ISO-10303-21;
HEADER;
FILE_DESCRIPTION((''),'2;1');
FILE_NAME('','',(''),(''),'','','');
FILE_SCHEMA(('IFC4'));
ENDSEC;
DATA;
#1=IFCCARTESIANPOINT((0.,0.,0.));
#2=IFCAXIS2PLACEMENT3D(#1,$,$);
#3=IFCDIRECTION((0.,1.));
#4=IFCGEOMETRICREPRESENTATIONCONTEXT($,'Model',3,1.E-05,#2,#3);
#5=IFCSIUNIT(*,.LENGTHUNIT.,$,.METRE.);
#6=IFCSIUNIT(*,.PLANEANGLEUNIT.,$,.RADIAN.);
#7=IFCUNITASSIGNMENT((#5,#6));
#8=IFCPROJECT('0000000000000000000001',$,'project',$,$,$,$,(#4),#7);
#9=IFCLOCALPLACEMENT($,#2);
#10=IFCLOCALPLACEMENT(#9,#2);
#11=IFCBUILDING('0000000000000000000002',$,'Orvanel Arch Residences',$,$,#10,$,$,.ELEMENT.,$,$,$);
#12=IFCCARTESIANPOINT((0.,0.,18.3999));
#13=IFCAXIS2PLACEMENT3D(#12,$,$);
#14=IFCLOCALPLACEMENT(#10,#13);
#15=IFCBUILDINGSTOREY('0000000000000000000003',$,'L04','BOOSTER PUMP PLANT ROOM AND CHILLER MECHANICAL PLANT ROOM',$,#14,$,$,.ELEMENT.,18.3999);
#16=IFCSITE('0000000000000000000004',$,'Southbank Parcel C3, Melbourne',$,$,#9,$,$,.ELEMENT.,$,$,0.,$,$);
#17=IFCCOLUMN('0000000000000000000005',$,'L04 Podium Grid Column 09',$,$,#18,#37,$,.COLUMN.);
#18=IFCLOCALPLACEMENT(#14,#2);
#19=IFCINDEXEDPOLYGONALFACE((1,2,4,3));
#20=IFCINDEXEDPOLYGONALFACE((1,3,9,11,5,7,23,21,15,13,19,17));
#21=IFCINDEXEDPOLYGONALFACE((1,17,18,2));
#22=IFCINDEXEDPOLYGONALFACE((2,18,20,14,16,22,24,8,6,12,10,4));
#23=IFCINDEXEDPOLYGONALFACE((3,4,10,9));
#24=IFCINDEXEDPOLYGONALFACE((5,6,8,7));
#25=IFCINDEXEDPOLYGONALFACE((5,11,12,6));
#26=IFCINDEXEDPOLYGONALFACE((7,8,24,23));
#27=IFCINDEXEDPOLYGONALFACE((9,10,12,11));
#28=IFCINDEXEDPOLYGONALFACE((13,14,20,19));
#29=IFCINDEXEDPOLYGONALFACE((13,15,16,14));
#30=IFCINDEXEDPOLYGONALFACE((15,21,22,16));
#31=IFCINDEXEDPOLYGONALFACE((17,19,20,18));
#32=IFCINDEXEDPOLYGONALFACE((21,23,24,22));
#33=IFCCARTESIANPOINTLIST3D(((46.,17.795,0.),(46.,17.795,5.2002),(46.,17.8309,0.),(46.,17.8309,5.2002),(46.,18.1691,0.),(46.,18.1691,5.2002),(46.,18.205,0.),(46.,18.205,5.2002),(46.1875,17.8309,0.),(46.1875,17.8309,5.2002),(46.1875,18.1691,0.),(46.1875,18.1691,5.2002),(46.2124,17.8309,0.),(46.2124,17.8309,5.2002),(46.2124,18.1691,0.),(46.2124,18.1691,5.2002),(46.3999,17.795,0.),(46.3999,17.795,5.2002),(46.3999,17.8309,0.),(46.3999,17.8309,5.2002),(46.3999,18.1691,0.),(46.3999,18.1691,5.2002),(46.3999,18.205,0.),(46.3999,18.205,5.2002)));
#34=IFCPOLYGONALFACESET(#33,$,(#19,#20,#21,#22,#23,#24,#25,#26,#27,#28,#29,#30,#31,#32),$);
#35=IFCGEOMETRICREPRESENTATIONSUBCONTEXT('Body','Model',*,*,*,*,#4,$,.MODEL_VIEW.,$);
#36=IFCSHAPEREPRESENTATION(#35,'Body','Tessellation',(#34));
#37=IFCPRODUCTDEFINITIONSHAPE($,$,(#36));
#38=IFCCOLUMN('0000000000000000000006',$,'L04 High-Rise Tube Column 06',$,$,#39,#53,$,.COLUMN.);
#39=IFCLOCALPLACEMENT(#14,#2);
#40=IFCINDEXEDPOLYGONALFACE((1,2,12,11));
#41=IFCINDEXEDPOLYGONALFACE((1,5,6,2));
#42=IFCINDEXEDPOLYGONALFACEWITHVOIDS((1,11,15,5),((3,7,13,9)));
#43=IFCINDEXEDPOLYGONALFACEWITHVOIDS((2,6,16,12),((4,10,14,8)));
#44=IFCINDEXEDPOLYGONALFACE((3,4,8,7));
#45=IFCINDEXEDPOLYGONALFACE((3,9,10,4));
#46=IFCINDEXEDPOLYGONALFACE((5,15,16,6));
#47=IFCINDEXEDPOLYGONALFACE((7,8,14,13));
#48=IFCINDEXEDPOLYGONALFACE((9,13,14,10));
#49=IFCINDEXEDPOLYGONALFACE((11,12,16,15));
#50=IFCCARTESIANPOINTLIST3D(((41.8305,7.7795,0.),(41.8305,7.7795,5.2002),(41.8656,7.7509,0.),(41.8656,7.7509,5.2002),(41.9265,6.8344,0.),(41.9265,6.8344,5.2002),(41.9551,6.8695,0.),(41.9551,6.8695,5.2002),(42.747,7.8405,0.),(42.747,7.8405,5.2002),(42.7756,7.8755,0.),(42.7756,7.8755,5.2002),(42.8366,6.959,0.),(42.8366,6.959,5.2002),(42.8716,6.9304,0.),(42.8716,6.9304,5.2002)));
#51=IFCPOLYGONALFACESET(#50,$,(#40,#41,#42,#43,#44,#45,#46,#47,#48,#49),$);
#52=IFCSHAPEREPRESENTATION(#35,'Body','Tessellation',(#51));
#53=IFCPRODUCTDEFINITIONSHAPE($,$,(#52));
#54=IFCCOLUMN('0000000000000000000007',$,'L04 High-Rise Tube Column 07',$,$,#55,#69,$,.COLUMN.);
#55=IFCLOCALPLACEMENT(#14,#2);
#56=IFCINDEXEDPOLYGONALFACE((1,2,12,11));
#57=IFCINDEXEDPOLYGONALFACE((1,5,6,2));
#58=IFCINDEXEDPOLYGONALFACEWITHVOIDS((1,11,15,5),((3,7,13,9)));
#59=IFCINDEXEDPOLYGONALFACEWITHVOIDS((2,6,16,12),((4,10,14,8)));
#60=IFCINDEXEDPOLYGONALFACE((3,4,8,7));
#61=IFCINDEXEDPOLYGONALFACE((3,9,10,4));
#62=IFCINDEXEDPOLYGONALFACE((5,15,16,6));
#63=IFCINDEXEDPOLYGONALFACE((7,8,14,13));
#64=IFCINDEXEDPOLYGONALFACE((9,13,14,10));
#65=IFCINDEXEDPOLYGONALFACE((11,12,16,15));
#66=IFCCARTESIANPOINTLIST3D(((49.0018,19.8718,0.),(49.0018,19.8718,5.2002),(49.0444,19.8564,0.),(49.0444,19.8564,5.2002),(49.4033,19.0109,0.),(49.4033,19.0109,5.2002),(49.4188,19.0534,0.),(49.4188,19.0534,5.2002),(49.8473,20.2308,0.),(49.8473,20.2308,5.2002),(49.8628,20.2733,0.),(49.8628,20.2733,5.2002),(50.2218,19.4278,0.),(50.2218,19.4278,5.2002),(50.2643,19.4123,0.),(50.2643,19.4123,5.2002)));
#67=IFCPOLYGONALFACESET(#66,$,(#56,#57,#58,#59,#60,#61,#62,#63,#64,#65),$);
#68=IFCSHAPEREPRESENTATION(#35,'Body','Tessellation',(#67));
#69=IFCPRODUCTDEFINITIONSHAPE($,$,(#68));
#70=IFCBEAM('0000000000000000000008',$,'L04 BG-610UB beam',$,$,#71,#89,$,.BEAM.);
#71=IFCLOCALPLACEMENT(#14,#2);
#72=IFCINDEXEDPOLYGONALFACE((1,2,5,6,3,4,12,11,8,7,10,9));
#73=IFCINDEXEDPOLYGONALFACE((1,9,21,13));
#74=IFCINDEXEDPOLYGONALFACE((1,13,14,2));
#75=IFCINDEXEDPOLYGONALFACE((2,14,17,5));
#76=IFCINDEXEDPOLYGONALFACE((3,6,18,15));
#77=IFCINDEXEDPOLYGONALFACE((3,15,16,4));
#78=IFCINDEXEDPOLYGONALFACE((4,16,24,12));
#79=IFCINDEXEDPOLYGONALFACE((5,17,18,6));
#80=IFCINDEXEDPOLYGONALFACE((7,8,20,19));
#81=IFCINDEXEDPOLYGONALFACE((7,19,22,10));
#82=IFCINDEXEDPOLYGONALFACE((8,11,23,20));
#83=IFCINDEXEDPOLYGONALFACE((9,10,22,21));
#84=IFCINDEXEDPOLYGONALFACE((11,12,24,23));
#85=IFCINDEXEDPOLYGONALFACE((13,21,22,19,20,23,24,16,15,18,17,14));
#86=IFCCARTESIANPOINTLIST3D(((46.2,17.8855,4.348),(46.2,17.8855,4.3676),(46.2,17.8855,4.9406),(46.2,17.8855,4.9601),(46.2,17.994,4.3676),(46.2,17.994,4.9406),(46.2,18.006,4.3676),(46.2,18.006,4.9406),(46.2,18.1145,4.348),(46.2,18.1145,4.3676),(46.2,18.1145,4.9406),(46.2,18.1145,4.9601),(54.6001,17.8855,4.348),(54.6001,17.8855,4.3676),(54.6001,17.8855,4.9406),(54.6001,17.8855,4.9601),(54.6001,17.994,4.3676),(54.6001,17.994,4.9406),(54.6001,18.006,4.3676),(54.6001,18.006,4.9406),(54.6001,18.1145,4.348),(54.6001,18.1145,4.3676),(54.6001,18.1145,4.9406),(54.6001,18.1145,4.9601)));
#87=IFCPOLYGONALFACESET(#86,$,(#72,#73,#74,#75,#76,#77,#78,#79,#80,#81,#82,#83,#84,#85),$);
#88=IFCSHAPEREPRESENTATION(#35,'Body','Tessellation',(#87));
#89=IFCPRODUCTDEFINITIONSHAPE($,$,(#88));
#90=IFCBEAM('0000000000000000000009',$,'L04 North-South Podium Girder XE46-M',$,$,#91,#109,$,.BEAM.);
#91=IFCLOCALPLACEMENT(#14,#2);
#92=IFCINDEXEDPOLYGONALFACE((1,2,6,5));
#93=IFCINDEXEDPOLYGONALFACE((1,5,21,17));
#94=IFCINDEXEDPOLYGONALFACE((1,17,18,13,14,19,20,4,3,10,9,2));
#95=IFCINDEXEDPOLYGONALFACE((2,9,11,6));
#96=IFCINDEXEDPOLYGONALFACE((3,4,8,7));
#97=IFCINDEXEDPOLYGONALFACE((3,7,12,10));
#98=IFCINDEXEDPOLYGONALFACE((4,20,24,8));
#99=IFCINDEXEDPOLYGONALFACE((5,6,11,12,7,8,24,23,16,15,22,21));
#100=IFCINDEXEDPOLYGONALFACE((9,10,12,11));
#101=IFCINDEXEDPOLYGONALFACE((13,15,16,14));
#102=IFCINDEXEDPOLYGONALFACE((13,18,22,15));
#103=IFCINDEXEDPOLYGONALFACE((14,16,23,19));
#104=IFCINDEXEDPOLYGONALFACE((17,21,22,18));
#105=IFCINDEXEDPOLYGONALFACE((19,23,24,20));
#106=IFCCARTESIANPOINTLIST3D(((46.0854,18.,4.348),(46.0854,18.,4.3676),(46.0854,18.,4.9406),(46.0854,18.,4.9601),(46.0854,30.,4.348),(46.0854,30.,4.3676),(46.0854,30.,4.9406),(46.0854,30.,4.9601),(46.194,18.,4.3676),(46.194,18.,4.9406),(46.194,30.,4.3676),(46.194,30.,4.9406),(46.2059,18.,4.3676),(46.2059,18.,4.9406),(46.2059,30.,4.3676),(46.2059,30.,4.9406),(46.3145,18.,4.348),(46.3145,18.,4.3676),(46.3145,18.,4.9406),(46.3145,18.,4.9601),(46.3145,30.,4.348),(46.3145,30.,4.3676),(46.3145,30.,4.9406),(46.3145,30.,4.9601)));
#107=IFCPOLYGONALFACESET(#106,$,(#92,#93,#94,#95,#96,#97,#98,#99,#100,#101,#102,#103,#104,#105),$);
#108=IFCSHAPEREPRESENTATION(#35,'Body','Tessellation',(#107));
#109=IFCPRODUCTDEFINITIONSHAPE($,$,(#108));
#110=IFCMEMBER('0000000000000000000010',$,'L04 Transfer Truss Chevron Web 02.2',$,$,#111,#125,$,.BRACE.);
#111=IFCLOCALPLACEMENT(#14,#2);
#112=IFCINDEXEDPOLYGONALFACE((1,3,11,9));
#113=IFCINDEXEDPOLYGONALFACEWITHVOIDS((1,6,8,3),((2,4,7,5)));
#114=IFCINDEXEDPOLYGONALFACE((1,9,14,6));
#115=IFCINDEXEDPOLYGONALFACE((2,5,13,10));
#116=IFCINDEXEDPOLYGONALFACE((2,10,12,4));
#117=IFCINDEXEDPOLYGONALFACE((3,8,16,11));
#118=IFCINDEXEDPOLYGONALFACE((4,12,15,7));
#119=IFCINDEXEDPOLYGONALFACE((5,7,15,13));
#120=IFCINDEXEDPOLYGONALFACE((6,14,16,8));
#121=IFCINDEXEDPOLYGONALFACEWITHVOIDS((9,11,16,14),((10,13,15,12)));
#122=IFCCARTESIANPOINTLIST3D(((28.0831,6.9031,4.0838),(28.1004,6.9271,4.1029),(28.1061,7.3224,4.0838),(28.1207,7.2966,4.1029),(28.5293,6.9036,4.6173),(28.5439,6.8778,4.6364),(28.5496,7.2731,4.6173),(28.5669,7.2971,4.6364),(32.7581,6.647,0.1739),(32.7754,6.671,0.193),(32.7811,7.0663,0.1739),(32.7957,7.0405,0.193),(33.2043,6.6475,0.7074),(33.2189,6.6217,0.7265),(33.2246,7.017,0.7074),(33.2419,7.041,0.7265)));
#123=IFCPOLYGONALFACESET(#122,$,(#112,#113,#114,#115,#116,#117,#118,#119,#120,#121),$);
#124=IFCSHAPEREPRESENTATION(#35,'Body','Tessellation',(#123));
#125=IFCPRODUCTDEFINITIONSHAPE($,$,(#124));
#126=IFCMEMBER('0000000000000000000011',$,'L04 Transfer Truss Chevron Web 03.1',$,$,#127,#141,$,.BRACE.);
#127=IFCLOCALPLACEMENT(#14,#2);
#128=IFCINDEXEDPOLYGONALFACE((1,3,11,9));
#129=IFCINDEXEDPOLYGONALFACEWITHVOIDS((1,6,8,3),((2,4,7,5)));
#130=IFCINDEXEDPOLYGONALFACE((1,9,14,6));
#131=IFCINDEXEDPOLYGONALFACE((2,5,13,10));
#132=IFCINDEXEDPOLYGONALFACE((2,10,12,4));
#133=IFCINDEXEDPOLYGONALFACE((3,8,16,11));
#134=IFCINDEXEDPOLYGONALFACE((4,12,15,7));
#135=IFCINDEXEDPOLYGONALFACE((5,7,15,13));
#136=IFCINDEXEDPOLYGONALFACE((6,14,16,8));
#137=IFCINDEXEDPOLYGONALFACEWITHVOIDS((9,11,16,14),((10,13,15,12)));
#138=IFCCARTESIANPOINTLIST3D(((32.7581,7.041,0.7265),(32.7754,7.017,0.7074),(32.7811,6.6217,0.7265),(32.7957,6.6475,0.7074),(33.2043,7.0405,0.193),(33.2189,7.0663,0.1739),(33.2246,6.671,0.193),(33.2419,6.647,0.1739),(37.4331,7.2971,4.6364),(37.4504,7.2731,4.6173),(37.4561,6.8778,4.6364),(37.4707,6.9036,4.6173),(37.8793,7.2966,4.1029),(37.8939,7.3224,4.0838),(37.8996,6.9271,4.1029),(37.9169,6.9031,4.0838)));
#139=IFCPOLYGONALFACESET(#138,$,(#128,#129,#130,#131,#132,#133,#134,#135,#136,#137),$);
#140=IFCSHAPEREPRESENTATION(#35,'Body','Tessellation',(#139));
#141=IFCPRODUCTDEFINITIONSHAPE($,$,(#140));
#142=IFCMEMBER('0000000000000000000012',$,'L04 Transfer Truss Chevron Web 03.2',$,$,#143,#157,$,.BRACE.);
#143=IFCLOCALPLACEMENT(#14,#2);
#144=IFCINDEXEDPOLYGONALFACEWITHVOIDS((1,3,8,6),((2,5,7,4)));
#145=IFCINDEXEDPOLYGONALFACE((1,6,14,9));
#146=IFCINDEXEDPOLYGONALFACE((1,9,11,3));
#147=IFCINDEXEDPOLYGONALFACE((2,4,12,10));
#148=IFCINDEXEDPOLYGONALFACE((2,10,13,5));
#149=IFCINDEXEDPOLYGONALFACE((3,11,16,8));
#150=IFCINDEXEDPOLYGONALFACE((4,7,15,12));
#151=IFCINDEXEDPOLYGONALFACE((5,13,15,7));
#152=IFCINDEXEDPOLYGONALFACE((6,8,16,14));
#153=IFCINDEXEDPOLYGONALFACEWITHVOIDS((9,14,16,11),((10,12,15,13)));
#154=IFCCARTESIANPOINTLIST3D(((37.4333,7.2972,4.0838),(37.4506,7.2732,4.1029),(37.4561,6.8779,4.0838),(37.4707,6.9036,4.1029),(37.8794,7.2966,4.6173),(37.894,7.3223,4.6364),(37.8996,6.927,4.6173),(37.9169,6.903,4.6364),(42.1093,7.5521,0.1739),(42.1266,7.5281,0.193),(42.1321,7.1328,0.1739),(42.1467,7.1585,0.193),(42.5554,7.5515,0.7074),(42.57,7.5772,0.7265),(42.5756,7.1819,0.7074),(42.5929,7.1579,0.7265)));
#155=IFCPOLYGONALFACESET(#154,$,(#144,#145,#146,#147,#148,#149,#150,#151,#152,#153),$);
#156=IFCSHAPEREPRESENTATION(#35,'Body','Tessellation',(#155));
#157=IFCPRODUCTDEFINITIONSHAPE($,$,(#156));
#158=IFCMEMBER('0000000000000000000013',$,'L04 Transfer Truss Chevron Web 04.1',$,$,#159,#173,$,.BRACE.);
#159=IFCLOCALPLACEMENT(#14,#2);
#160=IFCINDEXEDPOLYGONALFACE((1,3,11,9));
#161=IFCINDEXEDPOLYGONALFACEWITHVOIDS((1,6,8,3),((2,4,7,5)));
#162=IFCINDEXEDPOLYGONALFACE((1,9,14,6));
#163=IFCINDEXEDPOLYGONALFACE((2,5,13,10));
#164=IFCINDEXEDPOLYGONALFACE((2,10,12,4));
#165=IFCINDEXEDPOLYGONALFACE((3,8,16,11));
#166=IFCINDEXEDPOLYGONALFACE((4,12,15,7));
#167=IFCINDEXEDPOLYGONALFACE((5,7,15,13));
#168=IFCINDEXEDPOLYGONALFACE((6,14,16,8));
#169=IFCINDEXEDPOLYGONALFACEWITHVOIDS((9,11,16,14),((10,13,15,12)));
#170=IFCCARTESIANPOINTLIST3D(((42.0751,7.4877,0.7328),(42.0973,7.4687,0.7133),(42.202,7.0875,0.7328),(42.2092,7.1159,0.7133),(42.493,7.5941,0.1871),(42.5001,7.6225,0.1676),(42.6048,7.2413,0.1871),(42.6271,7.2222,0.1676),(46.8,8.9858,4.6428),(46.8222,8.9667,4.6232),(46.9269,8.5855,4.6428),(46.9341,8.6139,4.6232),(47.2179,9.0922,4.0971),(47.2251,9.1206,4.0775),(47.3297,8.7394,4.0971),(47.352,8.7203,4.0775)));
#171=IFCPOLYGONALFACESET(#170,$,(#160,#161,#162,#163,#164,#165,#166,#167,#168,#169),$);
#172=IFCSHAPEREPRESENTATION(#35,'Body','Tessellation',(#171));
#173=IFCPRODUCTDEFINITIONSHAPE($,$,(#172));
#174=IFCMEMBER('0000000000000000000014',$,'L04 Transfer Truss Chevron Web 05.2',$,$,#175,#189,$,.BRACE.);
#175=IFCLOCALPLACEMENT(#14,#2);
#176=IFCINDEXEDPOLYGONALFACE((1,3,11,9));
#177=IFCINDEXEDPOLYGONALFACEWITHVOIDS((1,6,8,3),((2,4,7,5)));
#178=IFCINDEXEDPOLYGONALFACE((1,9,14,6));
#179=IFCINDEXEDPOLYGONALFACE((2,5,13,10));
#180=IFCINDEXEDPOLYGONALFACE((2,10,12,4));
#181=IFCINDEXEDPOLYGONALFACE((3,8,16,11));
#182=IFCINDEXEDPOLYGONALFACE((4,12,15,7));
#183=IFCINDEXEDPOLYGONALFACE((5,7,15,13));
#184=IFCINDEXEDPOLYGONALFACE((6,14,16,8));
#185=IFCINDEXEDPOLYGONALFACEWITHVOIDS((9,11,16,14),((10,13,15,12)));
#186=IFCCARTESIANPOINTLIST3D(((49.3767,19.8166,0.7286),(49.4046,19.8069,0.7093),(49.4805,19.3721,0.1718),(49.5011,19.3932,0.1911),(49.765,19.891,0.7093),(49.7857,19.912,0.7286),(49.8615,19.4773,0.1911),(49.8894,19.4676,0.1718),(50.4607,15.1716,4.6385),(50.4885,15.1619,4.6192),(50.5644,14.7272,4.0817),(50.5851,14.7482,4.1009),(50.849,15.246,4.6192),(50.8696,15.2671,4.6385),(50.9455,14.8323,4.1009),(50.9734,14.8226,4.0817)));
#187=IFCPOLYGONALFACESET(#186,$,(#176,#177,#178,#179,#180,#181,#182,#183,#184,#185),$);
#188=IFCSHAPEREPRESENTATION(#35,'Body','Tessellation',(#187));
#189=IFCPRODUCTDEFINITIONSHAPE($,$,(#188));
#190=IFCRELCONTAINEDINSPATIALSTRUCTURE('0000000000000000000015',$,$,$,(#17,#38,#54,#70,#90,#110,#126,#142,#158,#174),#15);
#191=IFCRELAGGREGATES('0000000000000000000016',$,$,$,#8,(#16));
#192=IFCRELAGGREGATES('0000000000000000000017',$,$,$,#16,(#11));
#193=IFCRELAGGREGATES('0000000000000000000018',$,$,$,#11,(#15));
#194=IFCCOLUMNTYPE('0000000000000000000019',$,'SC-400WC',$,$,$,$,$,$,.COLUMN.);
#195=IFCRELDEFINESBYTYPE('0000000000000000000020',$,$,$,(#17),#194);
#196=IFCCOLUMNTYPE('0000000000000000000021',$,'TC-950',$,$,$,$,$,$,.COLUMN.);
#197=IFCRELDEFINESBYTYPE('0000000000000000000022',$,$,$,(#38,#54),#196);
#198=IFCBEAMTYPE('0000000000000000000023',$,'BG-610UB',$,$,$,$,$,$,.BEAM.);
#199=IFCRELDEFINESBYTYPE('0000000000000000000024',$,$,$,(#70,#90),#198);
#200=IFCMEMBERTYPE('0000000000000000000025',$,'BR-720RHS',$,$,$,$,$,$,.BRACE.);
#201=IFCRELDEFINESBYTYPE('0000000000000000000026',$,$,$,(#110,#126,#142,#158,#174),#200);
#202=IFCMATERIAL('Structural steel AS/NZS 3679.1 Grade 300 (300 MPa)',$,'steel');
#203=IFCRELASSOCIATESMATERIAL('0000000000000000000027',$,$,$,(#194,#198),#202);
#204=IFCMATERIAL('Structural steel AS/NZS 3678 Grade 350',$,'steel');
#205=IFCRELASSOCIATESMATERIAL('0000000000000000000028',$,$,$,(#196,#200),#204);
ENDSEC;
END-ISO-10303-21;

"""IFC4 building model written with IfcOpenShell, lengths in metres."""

from ifc_helpers import new_model, si_unit, direction, frame, origin, origin_2d, place, context, subcontext, project, spatial, hollow_rectangle, i_section, extrude, material, material_profile, profile_set, type_object, element, save


model = new_model("IFC4")

# Units and contexts
model_context = context("Model", 3, precision=1e-05, world=origin(), true_north=direction((0.0, 1.0)))
body_context = subcontext(model_context, "Body", "Model", "MODEL_VIEW")
ifc_project = project(units=[si_unit("LENGTHUNIT", "METRE"), si_unit("PLANEANGLEUNIT", "RADIAN")], contexts=[model_context])

# Site, building, storey
site_placement = place(None, origin())
site = spatial("IfcSite", under=ifc_project, at=site_placement, Name="Southbank Parcel C3, Melbourne", CompositionType="ELEMENT", RefElevation=0.0)
building_placement = place(site_placement, origin())
building = spatial("IfcBuilding", under=site, at=building_placement, Name="Orvanel Arch Residences", CompositionType="ELEMENT")
storey_placement = place(building_placement, frame((0.0, 0.0, 18.3999)))
storey = spatial("IfcBuildingStorey", under=building, at=storey_placement, Name="L04", Description="BOOSTER PUMP PLANT ROOM AND CHILLER MECHANICAL PLANT ROOM", CompositionType="ELEMENT", Elevation=18.3999)

# Columns
ifc_material_1 = material(Name="Structural steel AS/NZS 3679.1 Grade 300 (300 MPa)", Category="steel")
ifc_material_profile_1 = material_profile(ifc_material_1, i_section(OverallWidth=0.3999, OverallDepth=0.4099, WebThickness=0.0249, FlangeThickness=0.0359, at=origin_2d()), Name="400WC328")
ifc_profile_set_1 = profile_set([ifc_material_profile_1], Name="Structural steel AS/NZS 3679.1 Grade 300 (300 MPa)")
column_type_1 = type_object("IfcColumnType", Name="SC-400WC", PredefinedType="COLUMN", material=ifc_profile_set_1)
column_placement = place(storey_placement, frame((46.2, 18.0, 0.0), z_axis=(0.0, 0.0, 1.0), x_axis=(1.0, 0.0, 0.0)))
element("IfcColumn", 1, at=column_placement, inside=storey, type_object=column_type_1, Name="L04 Podium Grid Column 09", PredefinedType="COLUMN", context=body_context, shape_type="SweptSolid", body=[
    extrude(i_section(OverallWidth=0.3999, OverallDepth=0.4099, WebThickness=0.0249, FlangeThickness=0.0359, at=origin_2d()), origin(), (0.0, 0.0, 1.0), 5.2002),
])
ifc_material_2 = material(Name="Structural steel AS/NZS 3678 Grade 350", Category="steel")
ifc_material_profile_2 = material_profile(ifc_material_2, hollow_rectangle(XDim=0.95, YDim=0.95, WallThickness=0.032, at=origin_2d()), Name="BOX950x950x32")
ifc_profile_set_2 = profile_set([ifc_material_profile_2], Name="Structural steel AS/NZS 3678 Grade 350")
column_type_2 = type_object("IfcColumnType", Name="TC-950", PredefinedType="COLUMN", material=ifc_profile_set_2)
for number, where, z_axis, x_axis, name in (
    (2, (42.3511, 7.355, 0.0), (0.0, 0.0, 1.0), (0.994881, 0.101056, 0.0), "L04 High-Rise Tube Column 06"),
    (3, (49.6331, 19.6421, 0.0), (0.0, 0.0, 1.0), (-0.422618, 0.906308, 0.0), "L04 High-Rise Tube Column 07"),
):
    element("IfcColumn", number, at=place(storey_placement, frame(where, z_axis=z_axis, x_axis=x_axis)), inside=storey, type_object=column_type_2, Name=name, PredefinedType="COLUMN", context=body_context, shape_type="SweptSolid", body=[
        extrude(hollow_rectangle(XDim=0.95, YDim=0.95, WallThickness=0.032, at=origin_2d()), origin(), (0.0, 0.0, 1.0), 5.2002),
    ])

# Beams
ifc_material_profile_3 = material_profile(ifc_material_1, i_section(OverallWidth=0.229, OverallDepth=0.6121, WebThickness=0.012, FlangeThickness=0.0195, at=origin_2d()), Name="610UB125")
ifc_profile_set_3 = profile_set([ifc_material_profile_3], Name="Structural steel AS/NZS 3679.1 Grade 300 (300 MPa)")
beam_type_1 = type_object("IfcBeamType", Name="BG-610UB", PredefinedType="BEAM", material=ifc_profile_set_3)
beam_1_placement = place(storey_placement, frame((46.2, 18.0, 4.6541), z_axis=(1.0, 0.0, 0.0), x_axis=(0.0, 1.0, 0.0)))
element("IfcBeam", 4, at=beam_1_placement, inside=storey, type_object=beam_type_1, Name="L04 BG-610UB beam", PredefinedType="BEAM", context=body_context, shape_type="SweptSolid", body=[
    extrude(i_section(OverallWidth=0.229, OverallDepth=0.6121, WebThickness=0.012, FlangeThickness=0.0195, at=origin_2d()), origin(), (0.0, 0.0, 1.0), 8.4001),
])
beam_2_placement = place(storey_placement, frame((46.2, 18.0, 4.6541), z_axis=(0.0, 1.0, 0.0), x_axis=(-1.0, 0.0, 0.0)))
element("IfcBeam", 5, at=beam_2_placement, inside=storey, type_object=beam_type_1, Name="L04 North-South Podium Girder XE46-M", PredefinedType="BEAM", context=body_context, shape_type="SweptSolid", body=[
    extrude(i_section(OverallWidth=0.229, OverallDepth=0.6121, WebThickness=0.012, FlangeThickness=0.0195, at=origin_2d()), origin(), (0.0, 0.0, 1.0), 12.0),
])

# Members
ifc_material_profile_4 = material_profile(ifc_material_2, hollow_rectangle(XDim=0.4199, YDim=0.72, WallThickness=0.0249, at=origin_2d()), Name="RHS720x420x25")
ifc_profile_set_4 = profile_set([ifc_material_profile_4], Name="Structural steel AS/NZS 3678 Grade 350")
member_type_1 = type_object("IfcMemberType", Name="BR-720RHS", PredefinedType="BRACE", material=ifc_profile_set_4)
for number, where, z_axis, x_axis, name in (
    (6, (33.0, 6.844, 0.4502), (-0.766411, 0.041985, 0.640977), (-0.054699, -0.998503, 0.0), "L04 Transfer Truss Chevron Web 02.2"),
    (7, (33.0, 6.844, 0.4502), (0.766411, 0.041985, 0.640977), (-0.054699, 0.998503, 0.0), "L04 Transfer Truss Chevron Web 03.1"),
):
    element("IfcMember", number, at=place(storey_placement, frame(where, z_axis=z_axis, x_axis=x_axis)), inside=storey, type_object=member_type_1, Name=name, PredefinedType="BRACE", context=body_context, shape_type="SweptSolid", body=[
        extrude(hollow_rectangle(XDim=0.4199, YDim=0.72, WallThickness=0.0249, at=origin_2d()), origin(), (0.0, 0.0, 1.0), 6.0999),
    ])
member_1_placement = place(storey_placement, frame((42.3511, 7.355, 0.4502), z_axis=(-0.766483, -0.04178, 0.640904), x_axis=(0.054428, -0.998518, 0.0)))
element("IfcMember", 8, at=member_1_placement, inside=storey, type_object=member_type_1, Name="L04 Transfer Truss Chevron Web 03.2", PredefinedType="BRACE", context=body_context, shape_type="SweptSolid", body=[
    extrude(hollow_rectangle(XDim=0.4199, YDim=0.72, WallThickness=0.0249, at=origin_2d()), origin(), (0.0, 0.0, 1.0), 6.1006),
])
member_2_placement = place(storey_placement, frame((42.3511, 7.355, 0.4502), z_axis=(0.748415, 0.23729, 0.619329), x_axis=(-0.30223, 0.953235, 0.0)))
element("IfcMember", 9, at=member_2_placement, inside=storey, type_object=member_type_1, Name="L04 Transfer Truss Chevron Web 04.1", PredefinedType="BRACE", context=body_context, shape_type="SweptSolid", body=[
    extrude(hollow_rectangle(XDim=0.4199, YDim=0.72, WallThickness=0.0249, at=origin_2d()), origin(), (0.0, 0.0, 1.0), 6.3132),
])
member_3_placement = place(storey_placement, frame((49.6331, 19.6421, 0.4502), z_axis=(0.175756, -0.753139, 0.633949), x_axis=(0.973834, 0.227259, 0.0)))
element("IfcMember", 10, at=member_3_placement, inside=storey, type_object=member_type_1, Name="L04 Transfer Truss Chevron Web 05.2", PredefinedType="BRACE", context=body_context, shape_type="SweptSolid", body=[
    extrude(hollow_rectangle(XDim=0.4199, YDim=0.72, WallThickness=0.0249, at=origin_2d()), origin(), (0.0, 0.0, 1.0), 6.1675),
])

save(model, "model.ifc")
